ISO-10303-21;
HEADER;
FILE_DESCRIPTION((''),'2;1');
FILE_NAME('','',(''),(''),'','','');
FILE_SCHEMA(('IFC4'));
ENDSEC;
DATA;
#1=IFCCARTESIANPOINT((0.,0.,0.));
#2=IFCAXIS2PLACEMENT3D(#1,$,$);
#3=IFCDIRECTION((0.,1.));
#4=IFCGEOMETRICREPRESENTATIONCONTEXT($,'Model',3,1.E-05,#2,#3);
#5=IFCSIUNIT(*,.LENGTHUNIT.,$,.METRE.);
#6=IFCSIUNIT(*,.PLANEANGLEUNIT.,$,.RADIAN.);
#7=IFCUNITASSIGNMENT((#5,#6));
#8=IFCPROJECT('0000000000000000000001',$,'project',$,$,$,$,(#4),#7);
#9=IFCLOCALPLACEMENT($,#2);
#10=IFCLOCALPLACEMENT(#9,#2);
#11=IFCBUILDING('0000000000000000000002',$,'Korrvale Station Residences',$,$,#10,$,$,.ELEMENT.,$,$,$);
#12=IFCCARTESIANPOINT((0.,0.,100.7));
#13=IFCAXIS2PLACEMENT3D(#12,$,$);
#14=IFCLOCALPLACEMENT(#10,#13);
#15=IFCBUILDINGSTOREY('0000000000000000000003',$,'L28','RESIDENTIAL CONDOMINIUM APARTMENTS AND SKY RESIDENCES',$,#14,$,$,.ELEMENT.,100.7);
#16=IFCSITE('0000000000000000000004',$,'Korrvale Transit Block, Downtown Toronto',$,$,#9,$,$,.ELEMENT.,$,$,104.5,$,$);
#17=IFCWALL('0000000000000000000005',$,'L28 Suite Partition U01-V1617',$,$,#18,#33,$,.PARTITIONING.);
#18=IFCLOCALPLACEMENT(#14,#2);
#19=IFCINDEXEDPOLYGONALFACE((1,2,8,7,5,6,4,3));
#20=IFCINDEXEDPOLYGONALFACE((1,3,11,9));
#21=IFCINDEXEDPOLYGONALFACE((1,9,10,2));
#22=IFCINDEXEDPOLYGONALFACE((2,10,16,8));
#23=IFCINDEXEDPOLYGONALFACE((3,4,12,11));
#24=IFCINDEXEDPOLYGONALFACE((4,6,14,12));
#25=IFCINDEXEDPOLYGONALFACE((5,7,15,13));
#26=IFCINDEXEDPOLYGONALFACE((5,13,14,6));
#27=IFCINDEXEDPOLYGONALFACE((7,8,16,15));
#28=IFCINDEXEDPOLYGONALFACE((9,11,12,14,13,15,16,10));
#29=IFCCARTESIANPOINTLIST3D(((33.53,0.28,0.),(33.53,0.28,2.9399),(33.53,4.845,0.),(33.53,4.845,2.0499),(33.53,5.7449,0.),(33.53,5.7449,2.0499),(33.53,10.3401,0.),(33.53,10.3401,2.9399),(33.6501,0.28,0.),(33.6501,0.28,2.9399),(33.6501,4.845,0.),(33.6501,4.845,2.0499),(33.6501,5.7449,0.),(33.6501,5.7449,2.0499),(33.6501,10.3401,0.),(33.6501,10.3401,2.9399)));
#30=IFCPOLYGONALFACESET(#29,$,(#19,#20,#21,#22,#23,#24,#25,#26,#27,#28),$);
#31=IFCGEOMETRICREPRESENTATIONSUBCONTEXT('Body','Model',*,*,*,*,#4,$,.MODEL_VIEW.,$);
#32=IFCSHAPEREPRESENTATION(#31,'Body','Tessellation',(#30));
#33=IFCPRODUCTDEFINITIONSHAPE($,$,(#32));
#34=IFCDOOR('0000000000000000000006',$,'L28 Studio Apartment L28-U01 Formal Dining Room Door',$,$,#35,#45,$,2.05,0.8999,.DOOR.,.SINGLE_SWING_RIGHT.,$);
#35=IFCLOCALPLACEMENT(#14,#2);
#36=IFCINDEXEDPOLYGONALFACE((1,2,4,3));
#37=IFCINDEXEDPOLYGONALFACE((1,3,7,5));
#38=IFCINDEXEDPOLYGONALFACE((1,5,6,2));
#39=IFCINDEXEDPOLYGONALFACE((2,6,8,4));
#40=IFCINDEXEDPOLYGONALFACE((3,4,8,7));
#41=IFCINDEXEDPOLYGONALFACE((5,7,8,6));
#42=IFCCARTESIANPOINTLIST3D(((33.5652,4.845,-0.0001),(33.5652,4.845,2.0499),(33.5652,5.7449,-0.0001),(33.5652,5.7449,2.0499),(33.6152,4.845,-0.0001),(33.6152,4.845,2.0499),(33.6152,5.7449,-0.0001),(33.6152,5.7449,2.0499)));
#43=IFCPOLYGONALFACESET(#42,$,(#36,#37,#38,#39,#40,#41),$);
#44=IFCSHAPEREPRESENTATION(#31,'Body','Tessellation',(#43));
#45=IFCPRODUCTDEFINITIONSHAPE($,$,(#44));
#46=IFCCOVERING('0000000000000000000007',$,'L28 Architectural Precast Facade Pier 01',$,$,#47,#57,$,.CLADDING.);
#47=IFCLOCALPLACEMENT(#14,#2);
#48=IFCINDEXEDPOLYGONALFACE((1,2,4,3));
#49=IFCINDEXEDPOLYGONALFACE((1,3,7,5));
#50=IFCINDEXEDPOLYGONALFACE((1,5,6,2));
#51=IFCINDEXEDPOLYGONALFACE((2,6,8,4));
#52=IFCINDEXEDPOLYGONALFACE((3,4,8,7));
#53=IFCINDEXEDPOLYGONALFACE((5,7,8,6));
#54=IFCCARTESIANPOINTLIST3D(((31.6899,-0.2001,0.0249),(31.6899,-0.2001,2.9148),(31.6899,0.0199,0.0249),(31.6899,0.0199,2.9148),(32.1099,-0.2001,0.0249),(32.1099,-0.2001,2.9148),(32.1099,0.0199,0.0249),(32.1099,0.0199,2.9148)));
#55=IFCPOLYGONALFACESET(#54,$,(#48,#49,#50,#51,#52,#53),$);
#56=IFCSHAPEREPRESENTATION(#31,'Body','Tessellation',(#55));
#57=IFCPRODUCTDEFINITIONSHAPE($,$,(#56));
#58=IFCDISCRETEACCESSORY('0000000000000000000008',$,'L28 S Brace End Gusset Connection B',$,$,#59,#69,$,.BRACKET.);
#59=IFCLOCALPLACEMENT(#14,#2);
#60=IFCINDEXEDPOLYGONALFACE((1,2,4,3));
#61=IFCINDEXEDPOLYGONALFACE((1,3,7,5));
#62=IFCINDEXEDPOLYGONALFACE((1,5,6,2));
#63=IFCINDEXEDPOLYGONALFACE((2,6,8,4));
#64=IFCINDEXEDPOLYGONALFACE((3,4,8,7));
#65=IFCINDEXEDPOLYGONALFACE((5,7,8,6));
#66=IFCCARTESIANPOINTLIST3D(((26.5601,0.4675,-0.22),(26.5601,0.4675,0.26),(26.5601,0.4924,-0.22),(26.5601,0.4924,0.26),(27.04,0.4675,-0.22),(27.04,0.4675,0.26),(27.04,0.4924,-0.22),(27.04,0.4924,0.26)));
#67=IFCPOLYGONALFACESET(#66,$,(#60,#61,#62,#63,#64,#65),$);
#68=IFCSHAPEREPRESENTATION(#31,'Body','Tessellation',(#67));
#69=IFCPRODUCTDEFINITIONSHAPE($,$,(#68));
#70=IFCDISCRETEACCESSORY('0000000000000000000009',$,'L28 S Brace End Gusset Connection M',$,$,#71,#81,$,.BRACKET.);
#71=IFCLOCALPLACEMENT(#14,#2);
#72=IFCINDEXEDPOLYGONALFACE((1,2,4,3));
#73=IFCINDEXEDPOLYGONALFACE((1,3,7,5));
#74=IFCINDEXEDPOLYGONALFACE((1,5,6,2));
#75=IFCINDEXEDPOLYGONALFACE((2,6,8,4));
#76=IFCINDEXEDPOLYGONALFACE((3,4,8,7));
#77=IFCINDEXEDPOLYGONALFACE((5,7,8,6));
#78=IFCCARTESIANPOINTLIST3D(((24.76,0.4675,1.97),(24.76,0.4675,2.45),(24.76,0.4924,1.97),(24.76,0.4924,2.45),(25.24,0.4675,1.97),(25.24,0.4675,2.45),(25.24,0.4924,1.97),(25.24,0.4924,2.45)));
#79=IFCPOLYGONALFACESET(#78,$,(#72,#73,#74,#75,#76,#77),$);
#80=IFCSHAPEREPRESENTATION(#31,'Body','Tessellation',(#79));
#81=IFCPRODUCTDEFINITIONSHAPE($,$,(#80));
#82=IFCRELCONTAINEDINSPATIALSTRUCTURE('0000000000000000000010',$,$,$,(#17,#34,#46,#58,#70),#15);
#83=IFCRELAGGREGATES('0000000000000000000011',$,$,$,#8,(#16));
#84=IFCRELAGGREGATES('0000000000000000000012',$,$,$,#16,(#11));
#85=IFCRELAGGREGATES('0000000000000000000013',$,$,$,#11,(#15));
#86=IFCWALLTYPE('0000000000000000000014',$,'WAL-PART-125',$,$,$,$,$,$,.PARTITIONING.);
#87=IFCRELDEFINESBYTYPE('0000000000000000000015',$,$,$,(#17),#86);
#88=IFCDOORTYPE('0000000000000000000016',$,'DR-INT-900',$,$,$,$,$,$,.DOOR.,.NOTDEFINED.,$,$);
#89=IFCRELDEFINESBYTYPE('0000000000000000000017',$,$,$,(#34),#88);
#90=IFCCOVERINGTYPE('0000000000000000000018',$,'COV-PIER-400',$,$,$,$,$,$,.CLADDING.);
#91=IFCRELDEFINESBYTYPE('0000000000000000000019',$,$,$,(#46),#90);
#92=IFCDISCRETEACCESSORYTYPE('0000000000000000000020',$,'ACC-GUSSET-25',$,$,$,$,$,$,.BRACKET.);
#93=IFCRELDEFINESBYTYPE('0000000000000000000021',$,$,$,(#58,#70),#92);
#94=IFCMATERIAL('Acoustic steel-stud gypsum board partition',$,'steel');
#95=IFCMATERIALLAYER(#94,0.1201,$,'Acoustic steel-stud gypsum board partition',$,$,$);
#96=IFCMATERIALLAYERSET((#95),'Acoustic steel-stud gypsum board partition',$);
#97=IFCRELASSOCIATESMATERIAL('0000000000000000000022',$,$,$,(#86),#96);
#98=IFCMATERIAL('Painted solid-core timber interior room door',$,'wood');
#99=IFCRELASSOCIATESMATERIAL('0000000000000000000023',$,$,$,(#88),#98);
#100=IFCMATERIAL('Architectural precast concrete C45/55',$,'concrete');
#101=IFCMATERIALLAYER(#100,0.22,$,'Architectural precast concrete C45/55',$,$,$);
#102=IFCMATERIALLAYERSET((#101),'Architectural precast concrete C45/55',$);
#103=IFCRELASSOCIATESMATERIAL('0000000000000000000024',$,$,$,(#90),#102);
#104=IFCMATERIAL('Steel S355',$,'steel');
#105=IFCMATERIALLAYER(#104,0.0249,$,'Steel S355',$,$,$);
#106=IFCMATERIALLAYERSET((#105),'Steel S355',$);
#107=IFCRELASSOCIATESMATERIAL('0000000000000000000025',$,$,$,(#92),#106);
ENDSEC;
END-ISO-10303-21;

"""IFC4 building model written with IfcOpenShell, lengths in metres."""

from ifc_helpers import new_model, si_unit, direction, frame, frame_2d, origin, origin_2d, place, context, subcontext, project, spatial, rectangle, extrude, material, layer, layer_set, type_object, element, fill, save


model = new_model("IFC4")

# Units and contexts
model_context = context("Model", 3, precision=1e-05, world=origin(), true_north=direction((0.0, 1.0)))
body_context = subcontext(model_context, "Body", "Model", "MODEL_VIEW")
ifc_project = project(units=[si_unit("LENGTHUNIT", "METRE"), si_unit("PLANEANGLEUNIT", "RADIAN")], contexts=[model_context])

# Site, building, storey
site_placement = place(None, origin())
site = spatial("IfcSite", under=ifc_project, at=site_placement, Name="Korrvale Transit Block, Downtown Toronto", CompositionType="ELEMENT", RefElevation=104.5)
building_placement = place(site_placement, origin())
building = spatial("IfcBuilding", under=site, at=building_placement, Name="Korrvale Station Residences", CompositionType="ELEMENT")
storey_placement = place(building_placement, frame((0.0, 0.0, 100.7)))
storey = spatial("IfcBuildingStorey", under=building, at=storey_placement, Name="L28", Description="RESIDENTIAL CONDOMINIUM APARTMENTS AND SKY RESIDENCES", CompositionType="ELEMENT", Elevation=100.7)

# Shared definitions
ifc_material_1 = material(Name="Steel S355", Category="steel")

# Wall, opening, door
ifc_material_2 = material(Name="Acoustic steel-stud gypsum board partition", Category="steel")
ifc_layer_1 = layer(ifc_material_2, 0.1201, Name="Acoustic steel-stud gypsum board partition")
ifc_layer_set_1 = layer_set([ifc_layer_1], Name="Acoustic steel-stud gypsum board partition")
wall_type = type_object("IfcWallType", Name="WAL-PART-125", PredefinedType="PARTITIONING", material=ifc_layer_set_1)
ifc_material_3 = material(Name="Painted solid-core timber interior room door", Category="wood")
door_type = type_object("IfcDoorType", Name="DR-INT-900", OperationType="NOTDEFINED", PredefinedType="DOOR", material=ifc_material_3)
wall_1_placement = place(storey_placement, frame((33.5901, 0.28, 0.0), z_axis=(0.0, 0.0, 1.0), x_axis=(0.0, 1.0, 0.0)))
wall_1 = element("IfcWall", 1, at=wall_1_placement, inside=storey, type_object=wall_type, Name="L28 Suite Partition U01-V1617", PredefinedType="PARTITIONING", context=body_context, shape_type="SweptSolid", body=[
    extrude(rectangle(XDim=10.0601, YDim=0.1201, at=frame_2d((5.03, 0.0))), origin(), (0.0, 0.0, 1.0), 2.9399),
])
opening_1_placement = place(wall_1_placement, frame((4.5649, 0.0, 0.0)))
opening_1 = element("IfcOpeningElement", 2, at=opening_1_placement, cuts=wall_1, PredefinedType="OPENING", context=body_context, shape_type="SweptSolid", body=[
    extrude(rectangle(XDim=0.8999, YDim=2.05, at=frame_2d((0.45, 1.0249))), frame((0.0, 0.0701, 0.0), z_axis=(0.0, -1.0, 0.0), x_axis=(1.0, 0.0, 0.0)), (0.0, 0.0, 1.0), 0.1401),
])
door_1_placement = place(opening_1_placement, origin())
door_1 = element("IfcDoor", 3, at=door_1_placement, inside=storey, type_object=door_type, Name="L28 Studio Apartment L28-U01 Formal Dining Room Door", OperationType="SINGLE_SWING_RIGHT", OverallHeight=2.05, OverallWidth=0.8999, PredefinedType="DOOR", context=body_context, shape_type="SweptSolid", body=[
    extrude(rectangle(XDim=0.8999, YDim=2.05, at=frame_2d((0.45, 1.0249))), frame((0.0, 0.0249, 0.0), z_axis=(0.0, -1.0, 0.0), x_axis=(1.0, 0.0, 0.0)), (0.0, 0.0, 1.0), 0.05),
])
fill(opening_1, door_1)

# Covering
ifc_material_4 = material(Name="Architectural precast concrete C45/55", Category="concrete")
ifc_layer_2 = layer(ifc_material_4, 0.22, Name="Architectural precast concrete C45/55")
ifc_layer_set_2 = layer_set([ifc_layer_2], Name="Architectural precast concrete C45/55")
covering_type = type_object("IfcCoveringType", Name="COV-PIER-400", PredefinedType="CLADDING", material=ifc_layer_set_2)
covering_placement = place(storey_placement, frame((31.8999, -0.0901, 0.0249), z_axis=(0.0, 0.0, 1.0), x_axis=(1.0, 0.0, 0.0)))
element("IfcCovering", 4, at=covering_placement, inside=storey, type_object=covering_type, Name="L28 Architectural Precast Facade Pier 01", PredefinedType="CLADDING", context=body_context, shape_type="SweptSolid", body=[
    extrude(rectangle(XDim=0.4199, YDim=0.22, at=origin_2d()), origin(), (0.0, 0.0, 1.0), 2.8899),
])

# Discrete accessories
ifc_layer_3 = layer(ifc_material_1, 0.0249, Name="Steel S355")
ifc_layer_set_3 = layer_set([ifc_layer_3], Name="Steel S355")
discrete_accessory_type = type_object("IfcDiscreteAccessoryType", Name="ACC-GUSSET-25", PredefinedType="BRACKET", material=ifc_layer_set_3)
for number, where, z_axis, x_axis, name in (
    (5, (26.8, 0.48, -0.22), (0.0, 0.0, 1.0), (1.0, 0.0, 0.0), "L28 S Brace End Gusset Connection B"),
    (6, (25.0, 0.48, 1.97), (0.0, 0.0, 1.0), (1.0, 0.0, 0.0), "L28 S Brace End Gusset Connection M"),
):
    element("IfcDiscreteAccessory", number, at=place(storey_placement, frame(where, z_axis=z_axis, x_axis=x_axis)), inside=storey, type_object=discrete_accessory_type, Name=name, PredefinedType="BRACKET", context=body_context, shape_type="SweptSolid", body=[
        extrude(rectangle(XDim=0.48, YDim=0.0249, at=origin_2d()), origin(), (0.0, 0.0, 1.0), 0.48),
    ])

save(model, "model.ifc")
